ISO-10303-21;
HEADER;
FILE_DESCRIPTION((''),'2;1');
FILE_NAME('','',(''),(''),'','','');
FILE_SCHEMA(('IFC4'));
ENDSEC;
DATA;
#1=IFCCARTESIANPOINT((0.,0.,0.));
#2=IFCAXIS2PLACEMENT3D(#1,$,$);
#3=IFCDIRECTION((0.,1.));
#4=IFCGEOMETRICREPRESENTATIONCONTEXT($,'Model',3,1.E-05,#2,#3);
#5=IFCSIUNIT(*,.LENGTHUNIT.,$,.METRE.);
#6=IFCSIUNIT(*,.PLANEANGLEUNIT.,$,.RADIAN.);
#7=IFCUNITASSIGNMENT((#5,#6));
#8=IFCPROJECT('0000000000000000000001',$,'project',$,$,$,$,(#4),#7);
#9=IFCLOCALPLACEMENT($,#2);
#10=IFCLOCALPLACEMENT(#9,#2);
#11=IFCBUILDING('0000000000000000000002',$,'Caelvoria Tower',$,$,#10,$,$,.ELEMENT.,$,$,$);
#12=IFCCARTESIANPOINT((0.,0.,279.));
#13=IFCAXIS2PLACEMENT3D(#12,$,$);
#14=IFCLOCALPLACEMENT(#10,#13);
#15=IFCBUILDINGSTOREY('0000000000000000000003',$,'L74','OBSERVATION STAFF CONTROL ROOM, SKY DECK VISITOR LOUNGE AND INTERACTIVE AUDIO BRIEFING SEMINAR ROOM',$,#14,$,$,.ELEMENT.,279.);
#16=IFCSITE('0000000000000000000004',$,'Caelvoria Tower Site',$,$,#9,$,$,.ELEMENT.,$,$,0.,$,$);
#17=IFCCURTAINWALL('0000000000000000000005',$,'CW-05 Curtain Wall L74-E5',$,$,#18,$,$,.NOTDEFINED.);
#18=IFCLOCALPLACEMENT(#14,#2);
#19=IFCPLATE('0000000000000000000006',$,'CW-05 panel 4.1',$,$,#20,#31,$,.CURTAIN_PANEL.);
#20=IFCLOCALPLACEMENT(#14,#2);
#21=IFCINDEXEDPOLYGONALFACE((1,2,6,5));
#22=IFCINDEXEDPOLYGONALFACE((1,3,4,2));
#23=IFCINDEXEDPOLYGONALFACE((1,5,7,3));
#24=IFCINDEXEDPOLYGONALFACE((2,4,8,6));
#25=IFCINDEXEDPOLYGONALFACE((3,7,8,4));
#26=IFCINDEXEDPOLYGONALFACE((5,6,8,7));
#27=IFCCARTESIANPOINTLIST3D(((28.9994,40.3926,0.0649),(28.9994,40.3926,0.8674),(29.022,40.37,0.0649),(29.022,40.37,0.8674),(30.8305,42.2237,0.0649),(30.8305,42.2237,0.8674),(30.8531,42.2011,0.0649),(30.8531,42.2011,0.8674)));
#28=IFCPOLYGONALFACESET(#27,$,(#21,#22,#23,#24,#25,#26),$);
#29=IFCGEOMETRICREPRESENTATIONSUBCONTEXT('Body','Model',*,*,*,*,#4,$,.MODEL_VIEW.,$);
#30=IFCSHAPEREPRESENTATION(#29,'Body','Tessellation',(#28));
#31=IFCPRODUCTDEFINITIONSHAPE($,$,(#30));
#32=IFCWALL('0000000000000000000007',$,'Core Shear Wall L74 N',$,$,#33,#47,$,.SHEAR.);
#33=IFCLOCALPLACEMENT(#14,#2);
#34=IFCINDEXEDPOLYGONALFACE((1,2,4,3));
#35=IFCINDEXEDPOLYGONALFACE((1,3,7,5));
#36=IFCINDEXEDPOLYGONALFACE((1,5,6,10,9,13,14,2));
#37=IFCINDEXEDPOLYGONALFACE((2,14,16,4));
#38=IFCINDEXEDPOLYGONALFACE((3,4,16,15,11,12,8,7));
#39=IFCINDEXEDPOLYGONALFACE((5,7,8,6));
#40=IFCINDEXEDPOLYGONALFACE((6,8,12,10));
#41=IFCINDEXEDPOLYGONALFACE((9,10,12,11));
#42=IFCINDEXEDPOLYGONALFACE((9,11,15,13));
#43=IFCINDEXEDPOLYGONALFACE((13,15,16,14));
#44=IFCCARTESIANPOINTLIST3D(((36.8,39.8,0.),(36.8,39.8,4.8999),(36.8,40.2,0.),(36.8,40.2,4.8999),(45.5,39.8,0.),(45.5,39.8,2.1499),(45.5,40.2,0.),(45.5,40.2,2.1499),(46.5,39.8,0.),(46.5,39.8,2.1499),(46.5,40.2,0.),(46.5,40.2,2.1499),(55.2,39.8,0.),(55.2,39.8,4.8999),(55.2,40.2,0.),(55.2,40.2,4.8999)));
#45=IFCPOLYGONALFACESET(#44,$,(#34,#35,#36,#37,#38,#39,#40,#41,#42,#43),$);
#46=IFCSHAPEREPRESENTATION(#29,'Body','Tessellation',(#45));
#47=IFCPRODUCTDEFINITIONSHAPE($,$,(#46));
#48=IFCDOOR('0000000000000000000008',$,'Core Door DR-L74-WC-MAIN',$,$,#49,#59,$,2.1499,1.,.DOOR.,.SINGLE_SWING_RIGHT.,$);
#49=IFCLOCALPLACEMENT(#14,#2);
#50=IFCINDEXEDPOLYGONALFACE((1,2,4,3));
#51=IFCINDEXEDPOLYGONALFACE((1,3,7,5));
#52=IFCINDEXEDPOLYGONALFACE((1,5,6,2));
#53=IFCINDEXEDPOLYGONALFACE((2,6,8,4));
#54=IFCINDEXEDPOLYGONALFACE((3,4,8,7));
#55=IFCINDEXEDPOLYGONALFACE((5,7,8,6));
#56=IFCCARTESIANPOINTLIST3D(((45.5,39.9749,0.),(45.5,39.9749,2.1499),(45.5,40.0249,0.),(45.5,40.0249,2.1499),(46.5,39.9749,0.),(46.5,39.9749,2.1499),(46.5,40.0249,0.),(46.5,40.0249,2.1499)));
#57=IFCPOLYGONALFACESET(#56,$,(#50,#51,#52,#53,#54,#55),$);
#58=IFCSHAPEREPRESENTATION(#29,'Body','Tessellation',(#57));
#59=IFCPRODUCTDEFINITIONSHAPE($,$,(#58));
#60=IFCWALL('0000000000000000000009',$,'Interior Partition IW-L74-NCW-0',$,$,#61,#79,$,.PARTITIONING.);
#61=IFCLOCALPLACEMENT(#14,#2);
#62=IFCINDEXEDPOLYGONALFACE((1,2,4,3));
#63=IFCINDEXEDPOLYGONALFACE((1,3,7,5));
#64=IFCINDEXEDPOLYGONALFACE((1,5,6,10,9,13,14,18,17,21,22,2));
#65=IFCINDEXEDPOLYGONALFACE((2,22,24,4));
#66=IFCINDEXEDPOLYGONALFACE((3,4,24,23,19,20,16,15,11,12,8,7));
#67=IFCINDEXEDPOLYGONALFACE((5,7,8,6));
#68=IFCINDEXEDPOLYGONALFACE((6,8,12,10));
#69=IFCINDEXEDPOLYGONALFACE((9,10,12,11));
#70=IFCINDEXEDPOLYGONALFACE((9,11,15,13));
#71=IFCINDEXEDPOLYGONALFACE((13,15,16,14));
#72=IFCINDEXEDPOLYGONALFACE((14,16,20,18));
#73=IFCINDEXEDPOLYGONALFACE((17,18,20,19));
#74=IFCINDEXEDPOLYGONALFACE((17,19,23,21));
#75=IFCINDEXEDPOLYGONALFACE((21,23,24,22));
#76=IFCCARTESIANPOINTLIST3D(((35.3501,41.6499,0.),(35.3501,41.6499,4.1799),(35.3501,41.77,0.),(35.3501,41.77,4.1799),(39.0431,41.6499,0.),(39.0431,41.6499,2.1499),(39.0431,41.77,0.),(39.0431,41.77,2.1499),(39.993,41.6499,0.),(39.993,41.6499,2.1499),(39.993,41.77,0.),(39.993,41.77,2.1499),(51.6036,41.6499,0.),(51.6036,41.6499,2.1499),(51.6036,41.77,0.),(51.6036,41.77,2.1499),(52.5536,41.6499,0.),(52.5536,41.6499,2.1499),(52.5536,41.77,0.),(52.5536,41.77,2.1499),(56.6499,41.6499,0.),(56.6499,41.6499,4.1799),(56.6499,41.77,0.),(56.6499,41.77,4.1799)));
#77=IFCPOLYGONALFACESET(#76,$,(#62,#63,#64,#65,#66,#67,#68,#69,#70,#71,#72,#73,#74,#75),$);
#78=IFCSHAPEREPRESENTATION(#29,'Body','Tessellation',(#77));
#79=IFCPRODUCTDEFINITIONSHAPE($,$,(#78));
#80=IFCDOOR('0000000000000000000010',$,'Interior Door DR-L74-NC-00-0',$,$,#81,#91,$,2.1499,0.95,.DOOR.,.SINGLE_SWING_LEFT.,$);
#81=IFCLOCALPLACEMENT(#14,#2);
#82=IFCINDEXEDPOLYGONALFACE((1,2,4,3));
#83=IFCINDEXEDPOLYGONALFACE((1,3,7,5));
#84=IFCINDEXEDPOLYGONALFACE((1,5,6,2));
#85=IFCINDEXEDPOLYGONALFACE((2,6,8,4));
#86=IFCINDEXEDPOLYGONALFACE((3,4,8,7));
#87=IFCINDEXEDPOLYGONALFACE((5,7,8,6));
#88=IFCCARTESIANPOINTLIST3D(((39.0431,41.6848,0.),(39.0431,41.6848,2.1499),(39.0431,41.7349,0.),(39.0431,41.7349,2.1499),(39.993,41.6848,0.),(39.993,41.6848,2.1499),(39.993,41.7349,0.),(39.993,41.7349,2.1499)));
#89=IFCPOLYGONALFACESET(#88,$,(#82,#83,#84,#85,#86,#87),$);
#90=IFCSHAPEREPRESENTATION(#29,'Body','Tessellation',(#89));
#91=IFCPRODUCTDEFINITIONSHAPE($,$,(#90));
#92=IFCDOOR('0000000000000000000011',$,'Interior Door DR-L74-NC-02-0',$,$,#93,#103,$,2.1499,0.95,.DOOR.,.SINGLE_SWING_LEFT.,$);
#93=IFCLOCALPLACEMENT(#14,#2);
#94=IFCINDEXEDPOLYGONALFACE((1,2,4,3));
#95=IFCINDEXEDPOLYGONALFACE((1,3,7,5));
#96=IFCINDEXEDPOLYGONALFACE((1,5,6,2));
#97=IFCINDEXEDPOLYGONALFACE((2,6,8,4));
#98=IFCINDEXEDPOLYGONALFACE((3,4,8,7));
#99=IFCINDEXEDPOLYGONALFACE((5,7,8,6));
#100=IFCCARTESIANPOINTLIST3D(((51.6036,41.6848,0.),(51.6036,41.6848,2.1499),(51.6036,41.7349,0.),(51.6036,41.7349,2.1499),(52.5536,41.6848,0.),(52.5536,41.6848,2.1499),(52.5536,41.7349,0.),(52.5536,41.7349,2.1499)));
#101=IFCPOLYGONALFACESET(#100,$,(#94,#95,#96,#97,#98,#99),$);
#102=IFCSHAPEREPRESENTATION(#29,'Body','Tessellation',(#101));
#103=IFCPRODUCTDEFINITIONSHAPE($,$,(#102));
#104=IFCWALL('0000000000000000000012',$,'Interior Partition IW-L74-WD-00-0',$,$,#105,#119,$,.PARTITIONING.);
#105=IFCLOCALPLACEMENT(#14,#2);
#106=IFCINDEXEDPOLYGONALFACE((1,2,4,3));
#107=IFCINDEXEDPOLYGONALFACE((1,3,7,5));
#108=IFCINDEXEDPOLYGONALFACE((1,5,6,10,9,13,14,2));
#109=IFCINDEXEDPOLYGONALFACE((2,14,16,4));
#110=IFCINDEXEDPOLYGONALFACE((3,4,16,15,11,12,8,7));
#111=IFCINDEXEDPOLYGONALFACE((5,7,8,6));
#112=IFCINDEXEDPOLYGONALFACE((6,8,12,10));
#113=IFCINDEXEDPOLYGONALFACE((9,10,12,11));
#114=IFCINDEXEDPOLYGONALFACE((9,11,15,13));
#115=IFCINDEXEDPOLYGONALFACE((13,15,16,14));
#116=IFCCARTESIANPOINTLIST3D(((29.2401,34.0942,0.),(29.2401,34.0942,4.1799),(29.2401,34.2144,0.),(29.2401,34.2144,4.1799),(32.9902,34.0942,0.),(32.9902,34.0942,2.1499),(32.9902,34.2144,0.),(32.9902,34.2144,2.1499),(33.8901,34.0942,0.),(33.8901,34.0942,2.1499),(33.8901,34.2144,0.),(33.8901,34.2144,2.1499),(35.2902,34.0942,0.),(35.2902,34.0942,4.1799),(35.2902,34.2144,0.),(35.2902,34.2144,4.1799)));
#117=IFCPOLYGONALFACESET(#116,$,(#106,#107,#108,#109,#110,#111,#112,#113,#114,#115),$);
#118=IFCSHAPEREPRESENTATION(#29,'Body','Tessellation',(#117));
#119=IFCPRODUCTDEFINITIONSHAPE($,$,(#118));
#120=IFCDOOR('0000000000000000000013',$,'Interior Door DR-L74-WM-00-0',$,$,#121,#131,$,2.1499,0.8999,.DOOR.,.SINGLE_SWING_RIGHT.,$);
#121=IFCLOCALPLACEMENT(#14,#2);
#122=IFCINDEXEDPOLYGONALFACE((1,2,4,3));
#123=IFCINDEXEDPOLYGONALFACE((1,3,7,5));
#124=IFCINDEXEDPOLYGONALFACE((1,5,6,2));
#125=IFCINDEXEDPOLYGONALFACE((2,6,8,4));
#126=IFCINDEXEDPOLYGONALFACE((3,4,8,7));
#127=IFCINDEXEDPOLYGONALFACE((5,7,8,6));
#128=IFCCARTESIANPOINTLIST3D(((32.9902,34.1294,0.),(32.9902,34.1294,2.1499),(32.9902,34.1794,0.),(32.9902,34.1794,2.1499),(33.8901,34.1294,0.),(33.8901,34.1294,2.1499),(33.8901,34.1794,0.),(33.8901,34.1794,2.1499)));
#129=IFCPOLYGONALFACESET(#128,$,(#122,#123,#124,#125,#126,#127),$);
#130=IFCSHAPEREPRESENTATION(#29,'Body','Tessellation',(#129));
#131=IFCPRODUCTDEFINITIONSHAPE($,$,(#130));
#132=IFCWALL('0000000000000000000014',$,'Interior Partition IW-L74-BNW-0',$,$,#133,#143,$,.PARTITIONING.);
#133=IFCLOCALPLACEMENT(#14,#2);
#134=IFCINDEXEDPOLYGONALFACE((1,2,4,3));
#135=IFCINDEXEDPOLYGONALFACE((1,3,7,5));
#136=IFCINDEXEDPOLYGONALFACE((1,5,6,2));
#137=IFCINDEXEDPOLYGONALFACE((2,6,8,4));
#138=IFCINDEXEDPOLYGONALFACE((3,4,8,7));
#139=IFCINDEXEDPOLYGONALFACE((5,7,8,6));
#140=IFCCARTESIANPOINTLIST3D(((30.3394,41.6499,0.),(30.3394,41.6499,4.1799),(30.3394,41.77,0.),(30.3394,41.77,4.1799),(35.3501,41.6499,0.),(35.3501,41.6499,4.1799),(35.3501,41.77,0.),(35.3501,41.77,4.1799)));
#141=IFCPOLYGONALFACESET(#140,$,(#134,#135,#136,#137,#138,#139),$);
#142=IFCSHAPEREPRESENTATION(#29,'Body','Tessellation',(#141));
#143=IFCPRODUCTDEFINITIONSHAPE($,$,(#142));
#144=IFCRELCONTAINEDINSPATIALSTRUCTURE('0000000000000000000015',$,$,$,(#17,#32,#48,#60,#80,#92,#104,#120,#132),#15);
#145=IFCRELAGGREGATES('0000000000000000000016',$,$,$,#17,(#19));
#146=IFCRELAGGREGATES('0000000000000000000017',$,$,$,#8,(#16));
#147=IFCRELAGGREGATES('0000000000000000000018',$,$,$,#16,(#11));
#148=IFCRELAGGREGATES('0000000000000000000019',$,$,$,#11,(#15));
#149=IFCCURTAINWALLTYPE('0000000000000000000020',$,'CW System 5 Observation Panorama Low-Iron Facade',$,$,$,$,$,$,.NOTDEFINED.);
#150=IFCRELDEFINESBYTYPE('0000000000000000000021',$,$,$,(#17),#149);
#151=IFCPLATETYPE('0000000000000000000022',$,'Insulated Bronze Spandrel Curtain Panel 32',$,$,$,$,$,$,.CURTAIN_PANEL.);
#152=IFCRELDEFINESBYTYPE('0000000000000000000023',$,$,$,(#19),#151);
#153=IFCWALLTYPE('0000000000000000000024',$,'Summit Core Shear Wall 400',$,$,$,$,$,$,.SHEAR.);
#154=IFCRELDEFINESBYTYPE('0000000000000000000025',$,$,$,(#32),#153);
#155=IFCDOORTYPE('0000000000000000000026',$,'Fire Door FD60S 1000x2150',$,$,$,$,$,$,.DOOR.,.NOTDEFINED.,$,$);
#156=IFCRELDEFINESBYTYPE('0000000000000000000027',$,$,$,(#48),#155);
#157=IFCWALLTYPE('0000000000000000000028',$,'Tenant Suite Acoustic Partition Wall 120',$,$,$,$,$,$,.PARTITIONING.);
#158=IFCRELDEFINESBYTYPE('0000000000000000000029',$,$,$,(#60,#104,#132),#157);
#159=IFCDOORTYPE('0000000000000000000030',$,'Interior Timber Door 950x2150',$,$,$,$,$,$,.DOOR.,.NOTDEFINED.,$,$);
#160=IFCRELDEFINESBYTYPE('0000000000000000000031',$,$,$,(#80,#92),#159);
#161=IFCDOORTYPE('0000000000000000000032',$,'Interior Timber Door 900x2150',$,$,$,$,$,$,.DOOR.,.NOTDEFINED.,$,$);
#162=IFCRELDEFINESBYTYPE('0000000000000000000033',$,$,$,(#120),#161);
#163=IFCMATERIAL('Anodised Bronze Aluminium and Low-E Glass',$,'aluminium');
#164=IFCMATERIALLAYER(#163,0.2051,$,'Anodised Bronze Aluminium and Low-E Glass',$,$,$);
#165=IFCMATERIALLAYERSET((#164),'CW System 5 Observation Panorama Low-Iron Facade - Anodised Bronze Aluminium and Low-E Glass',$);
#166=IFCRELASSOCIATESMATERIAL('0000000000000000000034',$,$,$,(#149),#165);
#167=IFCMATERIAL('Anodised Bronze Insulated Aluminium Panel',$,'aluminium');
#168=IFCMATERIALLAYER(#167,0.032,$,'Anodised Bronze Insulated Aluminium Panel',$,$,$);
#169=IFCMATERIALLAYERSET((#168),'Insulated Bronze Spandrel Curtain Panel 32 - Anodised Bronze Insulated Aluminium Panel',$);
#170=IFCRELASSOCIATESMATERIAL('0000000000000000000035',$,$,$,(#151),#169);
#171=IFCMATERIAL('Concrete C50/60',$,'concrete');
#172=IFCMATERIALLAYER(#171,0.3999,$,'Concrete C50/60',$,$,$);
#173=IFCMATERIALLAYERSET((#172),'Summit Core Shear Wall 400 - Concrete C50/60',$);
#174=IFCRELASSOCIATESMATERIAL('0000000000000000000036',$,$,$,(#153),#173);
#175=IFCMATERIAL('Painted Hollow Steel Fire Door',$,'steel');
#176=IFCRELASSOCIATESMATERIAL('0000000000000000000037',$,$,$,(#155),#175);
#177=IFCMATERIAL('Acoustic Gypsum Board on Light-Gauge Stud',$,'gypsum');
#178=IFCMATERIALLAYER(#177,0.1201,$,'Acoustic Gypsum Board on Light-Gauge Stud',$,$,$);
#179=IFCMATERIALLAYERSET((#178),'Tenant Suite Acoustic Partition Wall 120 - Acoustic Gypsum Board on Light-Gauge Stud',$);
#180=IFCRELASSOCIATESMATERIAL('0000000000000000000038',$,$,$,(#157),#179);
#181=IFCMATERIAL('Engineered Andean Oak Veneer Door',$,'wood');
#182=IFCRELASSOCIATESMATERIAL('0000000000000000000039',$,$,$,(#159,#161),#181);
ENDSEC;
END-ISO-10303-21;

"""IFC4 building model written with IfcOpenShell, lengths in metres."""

from ifc_helpers import new_model, si_unit, direction, frame, frame_2d, origin, origin_2d, place, context, subcontext, project, spatial, rectangle, extrude, material, layer, layer_set, type_object, element, fill, aggregate, save


model = new_model("IFC4")

# Units and contexts
model_context = context("Model", 3, precision=1e-05, world=origin(), true_north=direction((0.0, 1.0)))
body_context = subcontext(model_context, "Body", "Model", "MODEL_VIEW")
ifc_project = project(units=[si_unit("LENGTHUNIT", "METRE"), si_unit("PLANEANGLEUNIT", "RADIAN")], contexts=[model_context])

# Site, building, storey
site_placement = place(None, origin())
site = spatial("IfcSite", under=ifc_project, at=site_placement, Name="Caelvoria Tower Site", CompositionType="ELEMENT", RefElevation=0.0)
building_placement = place(site_placement, origin())
building = spatial("IfcBuilding", under=site, at=building_placement, Name="Caelvoria Tower", CompositionType="ELEMENT")
storey_placement = place(building_placement, frame((0.0, 0.0, 279.0)))
storey = spatial("IfcBuildingStorey", under=building, at=storey_placement, Name="L74", Description="OBSERVATION STAFF CONTROL ROOM, SKY DECK VISITOR LOUNGE AND INTERACTIVE AUDIO BRIEFING SEMINAR ROOM", CompositionType="ELEMENT", Elevation=279.0)

# Curtain wall
ifc_material_1 = material(Name="Anodised Bronze Aluminium and Low-E Glass", Category="aluminium")
ifc_layer_1 = layer(ifc_material_1, 0.2051, Name="Anodised Bronze Aluminium and Low-E Glass")
ifc_layer_set_1 = layer_set([ifc_layer_1], Name="CW System 5 Observation Panorama Low-Iron Facade - Anodised Bronze Aluminium and Low-E Glass")
curtain_wall_type = type_object("IfcCurtainWallType", Name="CW System 5 Observation Panorama Low-Iron Facade", PredefinedType="NOTDEFINED", material=ifc_layer_set_1)
curtain_wall_1_placement = place(storey_placement, origin())
curtain_wall_1 = element("IfcCurtainWall", 1, at=curtain_wall_1_placement, inside=storey, type_object=curtain_wall_type, Name="CW-05 Curtain Wall L74-E5", PredefinedType="NOTDEFINED")

# Plate
ifc_material_2 = material(Name="Anodised Bronze Insulated Aluminium Panel", Category="aluminium")
ifc_layer_2 = layer(ifc_material_2, 0.032, Name="Anodised Bronze Insulated Aluminium Panel")
ifc_layer_set_2 = layer_set([ifc_layer_2], Name="Insulated Bronze Spandrel Curtain Panel 32 - Anodised Bronze Insulated Aluminium Panel")
plate_type_1 = type_object("IfcPlateType", Name="Insulated Bronze Spandrel Curtain Panel 32", PredefinedType="CURTAIN_PANEL", material=ifc_layer_set_2)
plate_1_placement = place(storey_placement, frame((29.9263, 41.2969, 0.0649), z_axis=(0.0, 0.0, 1.0), x_axis=(-0.707107, -0.707107, 0.0)))
plate_1 = element("IfcPlate", 2, at=plate_1_placement, type_object=plate_type_1, Name="CW-05 panel 4.1", PredefinedType="CURTAIN_PANEL", context=body_context, shape_type="SweptSolid", body=[
    extrude(rectangle(XDim=2.5896, YDim=0.032, at=origin_2d()), origin(), (0.0, 0.0, 1.0), 0.8025),
])
aggregate(curtain_wall_1, [plate_1])

# Wall, opening, door
ifc_material_3 = material(Name="Concrete C50/60", Category="concrete")
ifc_layer_3 = layer(ifc_material_3, 0.3999, Name="Concrete C50/60")
ifc_layer_set_3 = layer_set([ifc_layer_3], Name="Summit Core Shear Wall 400 - Concrete C50/60")
wall_type_1 = type_object("IfcWallType", Name="Summit Core Shear Wall 400", PredefinedType="SHEAR", material=ifc_layer_set_3)
wall_1_placement = place(storey_placement, frame((36.8, 40.0, 0.0), z_axis=(0.0, 0.0, 1.0), x_axis=(1.0, 0.0, 0.0)))
wall_1 = element("IfcWall", 3, at=wall_1_placement, inside=storey, type_object=wall_type_1, Name="Core Shear Wall L74 N", PredefinedType="SHEAR", context=body_context, shape_type="SweptSolid", body=[
    extrude(rectangle(XDim=18.3999, YDim=0.3999, at=frame_2d((9.2, 0.0))), origin(), (0.0, 0.0, 1.0), 4.8999),
])
opening_1_placement = place(wall_1_placement, frame((8.7, 0.0, 0.0)))
opening_1 = element("IfcOpeningElement", 4, at=opening_1_placement, cuts=wall_1, PredefinedType="OPENING", context=body_context, shape_type="SweptSolid", body=[
    extrude(rectangle(XDim=1.0, YDim=2.1499, at=frame_2d((0.5, 1.075))), frame((0.0, 0.21, 0.0), z_axis=(0.0, -1.0, 0.0), x_axis=(1.0, 0.0, 0.0)), (0.0, 0.0, 1.0), 0.4199),
])
ifc_material_4 = material(Name="Painted Hollow Steel Fire Door", Category="steel")
door_type_1 = type_object("IfcDoorType", Name="Fire Door FD60S 1000x2150", OperationType="NOTDEFINED", PredefinedType="DOOR", material=ifc_material_4)
door_1_placement = place(opening_1_placement, origin())
door_1 = element("IfcDoor", 5, at=door_1_placement, inside=storey, type_object=door_type_1, Name="Core Door DR-L74-WC-MAIN", OperationType="SINGLE_SWING_RIGHT", OverallHeight=2.1499, OverallWidth=1.0, PredefinedType="DOOR", context=body_context, shape_type="SweptSolid", body=[
    extrude(rectangle(XDim=1.0, YDim=2.1499, at=frame_2d((0.5, 1.075))), frame((0.0, 0.0249, 0.0), z_axis=(0.0, -1.0, 0.0), x_axis=(1.0, 0.0, 0.0)), (0.0, 0.0, 1.0), 0.05),
])
fill(opening_1, door_1)

# Wall, openings, doors
ifc_material_5 = material(Name="Acoustic Gypsum Board on Light-Gauge Stud", Category="gypsum")
ifc_layer_4 = layer(ifc_material_5, 0.1201, Name="Acoustic Gypsum Board on Light-Gauge Stud")
ifc_layer_set_4 = layer_set([ifc_layer_4], Name="Tenant Suite Acoustic Partition Wall 120 - Acoustic Gypsum Board on Light-Gauge Stud")
wall_type_2 = type_object("IfcWallType", Name="Tenant Suite Acoustic Partition Wall 120", PredefinedType="PARTITIONING", material=ifc_layer_set_4)
wall_2_placement = place(storey_placement, frame((35.3501, 41.71, 0.0), z_axis=(0.0, 0.0, 1.0), x_axis=(1.0, 0.0, 0.0)))
wall_2 = element("IfcWall", 6, at=wall_2_placement, inside=storey, type_object=wall_type_2, Name="Interior Partition IW-L74-NCW-0", PredefinedType="PARTITIONING", context=body_context, shape_type="SweptSolid", body=[
    extrude(rectangle(XDim=21.2998, YDim=0.1201, at=frame_2d((10.6499, 0.0))), origin(), (0.0, 0.0, 1.0), 4.1799),
])
opening_2_placement = place(wall_2_placement, frame((3.6929, 0.0, 0.0)))
opening_2 = element("IfcOpeningElement", 7, at=opening_2_placement, cuts=wall_2, PredefinedType="OPENING", context=body_context, shape_type="SweptSolid", body=[
    extrude(rectangle(XDim=0.95, YDim=2.1499, at=frame_2d((0.4751, 1.075))), frame((0.0, 0.0701, 0.0), z_axis=(0.0, -1.0, 0.0), x_axis=(1.0, 0.0, 0.0)), (0.0, 0.0, 1.0), 0.1401),
])
opening_3_placement = place(wall_2_placement, frame((16.2534, 0.0, 0.0)))
opening_3 = element("IfcOpeningElement", 8, at=opening_3_placement, cuts=wall_2, PredefinedType="OPENING", context=body_context, shape_type="SweptSolid", body=[
    extrude(rectangle(XDim=0.95, YDim=2.1499, at=frame_2d((0.4751, 1.075))), frame((0.0, 0.0701, 0.0), z_axis=(0.0, -1.0, 0.0), x_axis=(1.0, 0.0, 0.0)), (0.0, 0.0, 1.0), 0.1401),
])
ifc_material_6 = material(Name="Engineered Andean Oak Veneer Door", Category="wood")
door_type_2 = type_object("IfcDoorType", Name="Interior Timber Door 950x2150", OperationType="NOTDEFINED", PredefinedType="DOOR", material=ifc_material_6)
door_2_placement = place(opening_2_placement, origin())
door_2 = element("IfcDoor", 9, at=door_2_placement, inside=storey, type_object=door_type_2, Name="Interior Door DR-L74-NC-00-0", OperationType="SINGLE_SWING_LEFT", OverallHeight=2.1499, OverallWidth=0.95, PredefinedType="DOOR", context=body_context, shape_type="SweptSolid", body=[
    extrude(rectangle(XDim=0.95, YDim=2.1499, at=frame_2d((0.4751, 1.075))), frame((0.0, 0.0249, 0.0), z_axis=(0.0, -1.0, 0.0), x_axis=(1.0, 0.0, 0.0)), (0.0, 0.0, 1.0), 0.05),
])
fill(opening_2, door_2)
door_3_placement = place(opening_3_placement, origin())
door_3 = element("IfcDoor", 10, at=door_3_placement, inside=storey, type_object=door_type_2, Name="Interior Door DR-L74-NC-02-0", OperationType="SINGLE_SWING_LEFT", OverallHeight=2.1499, OverallWidth=0.95, PredefinedType="DOOR", context=body_context, shape_type="SweptSolid", body=[
    extrude(rectangle(XDim=0.95, YDim=2.1499, at=frame_2d((0.4751, 1.075))), frame((0.0, 0.0249, 0.0), z_axis=(0.0, -1.0, 0.0), x_axis=(1.0, 0.0, 0.0)), (0.0, 0.0, 1.0), 0.05),
])
fill(opening_3, door_3)

# Wall, opening, door
wall_3_placement = place(storey_placement, frame((35.29, 34.1543, 0.0), z_axis=(0.0, 0.0, 1.0), x_axis=(-1.0, 0.0, 0.0)))
wall_3 = element("IfcWall", 11, at=wall_3_placement, inside=storey, type_object=wall_type_2, Name="Interior Partition IW-L74-WD-00-0", PredefinedType="PARTITIONING", context=body_context, shape_type="SweptSolid", body=[
    extrude(rectangle(XDim=6.05, YDim=0.1201, at=frame_2d((3.0249, 0.0))), origin(), (0.0, 0.0, 1.0), 4.1799),
])
opening_4_placement = place(wall_3_placement, frame((1.3999, 0.0, 0.0)))
opening_4 = element("IfcOpeningElement", 12, at=opening_4_placement, cuts=wall_3, PredefinedType="OPENING", context=body_context, shape_type="SweptSolid", body=[
    extrude(rectangle(XDim=0.8999, YDim=2.1499, at=frame_2d((0.45, 1.075))), frame((0.0, 0.0701, 0.0), z_axis=(0.0, -1.0, 0.0), x_axis=(1.0, 0.0, 0.0)), (0.0, 0.0, 1.0), 0.1401),
])
door_type_3 = type_object("IfcDoorType", Name="Interior Timber Door 900x2150", OperationType="NOTDEFINED", PredefinedType="DOOR", material=ifc_material_6)
door_4_placement = place(opening_4_placement, origin())
door_4 = element("IfcDoor", 13, at=door_4_placement, inside=storey, type_object=door_type_3, Name="Interior Door DR-L74-WM-00-0", OperationType="SINGLE_SWING_RIGHT", OverallHeight=2.1499, OverallWidth=0.8999, PredefinedType="DOOR", context=body_context, shape_type="SweptSolid", body=[
    extrude(rectangle(XDim=0.8999, YDim=2.1499, at=frame_2d((0.45, 1.075))), frame((0.0, 0.0249, 0.0), z_axis=(0.0, -1.0, 0.0), x_axis=(1.0, 0.0, 0.0)), (0.0, 0.0, 1.0), 0.05),
])
fill(opening_4, door_4)

# Wall
wall_4_placement = place(storey_placement, frame((35.3501, 41.71, 0.0), z_axis=(0.0, 0.0, 1.0), x_axis=(-1.0, 0.0, 0.0)))
element("IfcWall", 14, at=wall_4_placement, inside=storey, type_object=wall_type_2, Name="Interior Partition IW-L74-BNW-0", PredefinedType="PARTITIONING", context=body_context, shape_type="SweptSolid", body=[
    extrude(rectangle(XDim=5.0107, YDim=0.1201, at=frame_2d((2.5054, 0.0))), origin(), (0.0, 0.0, 1.0), 4.1799),
])

save(model, "model.ifc")
